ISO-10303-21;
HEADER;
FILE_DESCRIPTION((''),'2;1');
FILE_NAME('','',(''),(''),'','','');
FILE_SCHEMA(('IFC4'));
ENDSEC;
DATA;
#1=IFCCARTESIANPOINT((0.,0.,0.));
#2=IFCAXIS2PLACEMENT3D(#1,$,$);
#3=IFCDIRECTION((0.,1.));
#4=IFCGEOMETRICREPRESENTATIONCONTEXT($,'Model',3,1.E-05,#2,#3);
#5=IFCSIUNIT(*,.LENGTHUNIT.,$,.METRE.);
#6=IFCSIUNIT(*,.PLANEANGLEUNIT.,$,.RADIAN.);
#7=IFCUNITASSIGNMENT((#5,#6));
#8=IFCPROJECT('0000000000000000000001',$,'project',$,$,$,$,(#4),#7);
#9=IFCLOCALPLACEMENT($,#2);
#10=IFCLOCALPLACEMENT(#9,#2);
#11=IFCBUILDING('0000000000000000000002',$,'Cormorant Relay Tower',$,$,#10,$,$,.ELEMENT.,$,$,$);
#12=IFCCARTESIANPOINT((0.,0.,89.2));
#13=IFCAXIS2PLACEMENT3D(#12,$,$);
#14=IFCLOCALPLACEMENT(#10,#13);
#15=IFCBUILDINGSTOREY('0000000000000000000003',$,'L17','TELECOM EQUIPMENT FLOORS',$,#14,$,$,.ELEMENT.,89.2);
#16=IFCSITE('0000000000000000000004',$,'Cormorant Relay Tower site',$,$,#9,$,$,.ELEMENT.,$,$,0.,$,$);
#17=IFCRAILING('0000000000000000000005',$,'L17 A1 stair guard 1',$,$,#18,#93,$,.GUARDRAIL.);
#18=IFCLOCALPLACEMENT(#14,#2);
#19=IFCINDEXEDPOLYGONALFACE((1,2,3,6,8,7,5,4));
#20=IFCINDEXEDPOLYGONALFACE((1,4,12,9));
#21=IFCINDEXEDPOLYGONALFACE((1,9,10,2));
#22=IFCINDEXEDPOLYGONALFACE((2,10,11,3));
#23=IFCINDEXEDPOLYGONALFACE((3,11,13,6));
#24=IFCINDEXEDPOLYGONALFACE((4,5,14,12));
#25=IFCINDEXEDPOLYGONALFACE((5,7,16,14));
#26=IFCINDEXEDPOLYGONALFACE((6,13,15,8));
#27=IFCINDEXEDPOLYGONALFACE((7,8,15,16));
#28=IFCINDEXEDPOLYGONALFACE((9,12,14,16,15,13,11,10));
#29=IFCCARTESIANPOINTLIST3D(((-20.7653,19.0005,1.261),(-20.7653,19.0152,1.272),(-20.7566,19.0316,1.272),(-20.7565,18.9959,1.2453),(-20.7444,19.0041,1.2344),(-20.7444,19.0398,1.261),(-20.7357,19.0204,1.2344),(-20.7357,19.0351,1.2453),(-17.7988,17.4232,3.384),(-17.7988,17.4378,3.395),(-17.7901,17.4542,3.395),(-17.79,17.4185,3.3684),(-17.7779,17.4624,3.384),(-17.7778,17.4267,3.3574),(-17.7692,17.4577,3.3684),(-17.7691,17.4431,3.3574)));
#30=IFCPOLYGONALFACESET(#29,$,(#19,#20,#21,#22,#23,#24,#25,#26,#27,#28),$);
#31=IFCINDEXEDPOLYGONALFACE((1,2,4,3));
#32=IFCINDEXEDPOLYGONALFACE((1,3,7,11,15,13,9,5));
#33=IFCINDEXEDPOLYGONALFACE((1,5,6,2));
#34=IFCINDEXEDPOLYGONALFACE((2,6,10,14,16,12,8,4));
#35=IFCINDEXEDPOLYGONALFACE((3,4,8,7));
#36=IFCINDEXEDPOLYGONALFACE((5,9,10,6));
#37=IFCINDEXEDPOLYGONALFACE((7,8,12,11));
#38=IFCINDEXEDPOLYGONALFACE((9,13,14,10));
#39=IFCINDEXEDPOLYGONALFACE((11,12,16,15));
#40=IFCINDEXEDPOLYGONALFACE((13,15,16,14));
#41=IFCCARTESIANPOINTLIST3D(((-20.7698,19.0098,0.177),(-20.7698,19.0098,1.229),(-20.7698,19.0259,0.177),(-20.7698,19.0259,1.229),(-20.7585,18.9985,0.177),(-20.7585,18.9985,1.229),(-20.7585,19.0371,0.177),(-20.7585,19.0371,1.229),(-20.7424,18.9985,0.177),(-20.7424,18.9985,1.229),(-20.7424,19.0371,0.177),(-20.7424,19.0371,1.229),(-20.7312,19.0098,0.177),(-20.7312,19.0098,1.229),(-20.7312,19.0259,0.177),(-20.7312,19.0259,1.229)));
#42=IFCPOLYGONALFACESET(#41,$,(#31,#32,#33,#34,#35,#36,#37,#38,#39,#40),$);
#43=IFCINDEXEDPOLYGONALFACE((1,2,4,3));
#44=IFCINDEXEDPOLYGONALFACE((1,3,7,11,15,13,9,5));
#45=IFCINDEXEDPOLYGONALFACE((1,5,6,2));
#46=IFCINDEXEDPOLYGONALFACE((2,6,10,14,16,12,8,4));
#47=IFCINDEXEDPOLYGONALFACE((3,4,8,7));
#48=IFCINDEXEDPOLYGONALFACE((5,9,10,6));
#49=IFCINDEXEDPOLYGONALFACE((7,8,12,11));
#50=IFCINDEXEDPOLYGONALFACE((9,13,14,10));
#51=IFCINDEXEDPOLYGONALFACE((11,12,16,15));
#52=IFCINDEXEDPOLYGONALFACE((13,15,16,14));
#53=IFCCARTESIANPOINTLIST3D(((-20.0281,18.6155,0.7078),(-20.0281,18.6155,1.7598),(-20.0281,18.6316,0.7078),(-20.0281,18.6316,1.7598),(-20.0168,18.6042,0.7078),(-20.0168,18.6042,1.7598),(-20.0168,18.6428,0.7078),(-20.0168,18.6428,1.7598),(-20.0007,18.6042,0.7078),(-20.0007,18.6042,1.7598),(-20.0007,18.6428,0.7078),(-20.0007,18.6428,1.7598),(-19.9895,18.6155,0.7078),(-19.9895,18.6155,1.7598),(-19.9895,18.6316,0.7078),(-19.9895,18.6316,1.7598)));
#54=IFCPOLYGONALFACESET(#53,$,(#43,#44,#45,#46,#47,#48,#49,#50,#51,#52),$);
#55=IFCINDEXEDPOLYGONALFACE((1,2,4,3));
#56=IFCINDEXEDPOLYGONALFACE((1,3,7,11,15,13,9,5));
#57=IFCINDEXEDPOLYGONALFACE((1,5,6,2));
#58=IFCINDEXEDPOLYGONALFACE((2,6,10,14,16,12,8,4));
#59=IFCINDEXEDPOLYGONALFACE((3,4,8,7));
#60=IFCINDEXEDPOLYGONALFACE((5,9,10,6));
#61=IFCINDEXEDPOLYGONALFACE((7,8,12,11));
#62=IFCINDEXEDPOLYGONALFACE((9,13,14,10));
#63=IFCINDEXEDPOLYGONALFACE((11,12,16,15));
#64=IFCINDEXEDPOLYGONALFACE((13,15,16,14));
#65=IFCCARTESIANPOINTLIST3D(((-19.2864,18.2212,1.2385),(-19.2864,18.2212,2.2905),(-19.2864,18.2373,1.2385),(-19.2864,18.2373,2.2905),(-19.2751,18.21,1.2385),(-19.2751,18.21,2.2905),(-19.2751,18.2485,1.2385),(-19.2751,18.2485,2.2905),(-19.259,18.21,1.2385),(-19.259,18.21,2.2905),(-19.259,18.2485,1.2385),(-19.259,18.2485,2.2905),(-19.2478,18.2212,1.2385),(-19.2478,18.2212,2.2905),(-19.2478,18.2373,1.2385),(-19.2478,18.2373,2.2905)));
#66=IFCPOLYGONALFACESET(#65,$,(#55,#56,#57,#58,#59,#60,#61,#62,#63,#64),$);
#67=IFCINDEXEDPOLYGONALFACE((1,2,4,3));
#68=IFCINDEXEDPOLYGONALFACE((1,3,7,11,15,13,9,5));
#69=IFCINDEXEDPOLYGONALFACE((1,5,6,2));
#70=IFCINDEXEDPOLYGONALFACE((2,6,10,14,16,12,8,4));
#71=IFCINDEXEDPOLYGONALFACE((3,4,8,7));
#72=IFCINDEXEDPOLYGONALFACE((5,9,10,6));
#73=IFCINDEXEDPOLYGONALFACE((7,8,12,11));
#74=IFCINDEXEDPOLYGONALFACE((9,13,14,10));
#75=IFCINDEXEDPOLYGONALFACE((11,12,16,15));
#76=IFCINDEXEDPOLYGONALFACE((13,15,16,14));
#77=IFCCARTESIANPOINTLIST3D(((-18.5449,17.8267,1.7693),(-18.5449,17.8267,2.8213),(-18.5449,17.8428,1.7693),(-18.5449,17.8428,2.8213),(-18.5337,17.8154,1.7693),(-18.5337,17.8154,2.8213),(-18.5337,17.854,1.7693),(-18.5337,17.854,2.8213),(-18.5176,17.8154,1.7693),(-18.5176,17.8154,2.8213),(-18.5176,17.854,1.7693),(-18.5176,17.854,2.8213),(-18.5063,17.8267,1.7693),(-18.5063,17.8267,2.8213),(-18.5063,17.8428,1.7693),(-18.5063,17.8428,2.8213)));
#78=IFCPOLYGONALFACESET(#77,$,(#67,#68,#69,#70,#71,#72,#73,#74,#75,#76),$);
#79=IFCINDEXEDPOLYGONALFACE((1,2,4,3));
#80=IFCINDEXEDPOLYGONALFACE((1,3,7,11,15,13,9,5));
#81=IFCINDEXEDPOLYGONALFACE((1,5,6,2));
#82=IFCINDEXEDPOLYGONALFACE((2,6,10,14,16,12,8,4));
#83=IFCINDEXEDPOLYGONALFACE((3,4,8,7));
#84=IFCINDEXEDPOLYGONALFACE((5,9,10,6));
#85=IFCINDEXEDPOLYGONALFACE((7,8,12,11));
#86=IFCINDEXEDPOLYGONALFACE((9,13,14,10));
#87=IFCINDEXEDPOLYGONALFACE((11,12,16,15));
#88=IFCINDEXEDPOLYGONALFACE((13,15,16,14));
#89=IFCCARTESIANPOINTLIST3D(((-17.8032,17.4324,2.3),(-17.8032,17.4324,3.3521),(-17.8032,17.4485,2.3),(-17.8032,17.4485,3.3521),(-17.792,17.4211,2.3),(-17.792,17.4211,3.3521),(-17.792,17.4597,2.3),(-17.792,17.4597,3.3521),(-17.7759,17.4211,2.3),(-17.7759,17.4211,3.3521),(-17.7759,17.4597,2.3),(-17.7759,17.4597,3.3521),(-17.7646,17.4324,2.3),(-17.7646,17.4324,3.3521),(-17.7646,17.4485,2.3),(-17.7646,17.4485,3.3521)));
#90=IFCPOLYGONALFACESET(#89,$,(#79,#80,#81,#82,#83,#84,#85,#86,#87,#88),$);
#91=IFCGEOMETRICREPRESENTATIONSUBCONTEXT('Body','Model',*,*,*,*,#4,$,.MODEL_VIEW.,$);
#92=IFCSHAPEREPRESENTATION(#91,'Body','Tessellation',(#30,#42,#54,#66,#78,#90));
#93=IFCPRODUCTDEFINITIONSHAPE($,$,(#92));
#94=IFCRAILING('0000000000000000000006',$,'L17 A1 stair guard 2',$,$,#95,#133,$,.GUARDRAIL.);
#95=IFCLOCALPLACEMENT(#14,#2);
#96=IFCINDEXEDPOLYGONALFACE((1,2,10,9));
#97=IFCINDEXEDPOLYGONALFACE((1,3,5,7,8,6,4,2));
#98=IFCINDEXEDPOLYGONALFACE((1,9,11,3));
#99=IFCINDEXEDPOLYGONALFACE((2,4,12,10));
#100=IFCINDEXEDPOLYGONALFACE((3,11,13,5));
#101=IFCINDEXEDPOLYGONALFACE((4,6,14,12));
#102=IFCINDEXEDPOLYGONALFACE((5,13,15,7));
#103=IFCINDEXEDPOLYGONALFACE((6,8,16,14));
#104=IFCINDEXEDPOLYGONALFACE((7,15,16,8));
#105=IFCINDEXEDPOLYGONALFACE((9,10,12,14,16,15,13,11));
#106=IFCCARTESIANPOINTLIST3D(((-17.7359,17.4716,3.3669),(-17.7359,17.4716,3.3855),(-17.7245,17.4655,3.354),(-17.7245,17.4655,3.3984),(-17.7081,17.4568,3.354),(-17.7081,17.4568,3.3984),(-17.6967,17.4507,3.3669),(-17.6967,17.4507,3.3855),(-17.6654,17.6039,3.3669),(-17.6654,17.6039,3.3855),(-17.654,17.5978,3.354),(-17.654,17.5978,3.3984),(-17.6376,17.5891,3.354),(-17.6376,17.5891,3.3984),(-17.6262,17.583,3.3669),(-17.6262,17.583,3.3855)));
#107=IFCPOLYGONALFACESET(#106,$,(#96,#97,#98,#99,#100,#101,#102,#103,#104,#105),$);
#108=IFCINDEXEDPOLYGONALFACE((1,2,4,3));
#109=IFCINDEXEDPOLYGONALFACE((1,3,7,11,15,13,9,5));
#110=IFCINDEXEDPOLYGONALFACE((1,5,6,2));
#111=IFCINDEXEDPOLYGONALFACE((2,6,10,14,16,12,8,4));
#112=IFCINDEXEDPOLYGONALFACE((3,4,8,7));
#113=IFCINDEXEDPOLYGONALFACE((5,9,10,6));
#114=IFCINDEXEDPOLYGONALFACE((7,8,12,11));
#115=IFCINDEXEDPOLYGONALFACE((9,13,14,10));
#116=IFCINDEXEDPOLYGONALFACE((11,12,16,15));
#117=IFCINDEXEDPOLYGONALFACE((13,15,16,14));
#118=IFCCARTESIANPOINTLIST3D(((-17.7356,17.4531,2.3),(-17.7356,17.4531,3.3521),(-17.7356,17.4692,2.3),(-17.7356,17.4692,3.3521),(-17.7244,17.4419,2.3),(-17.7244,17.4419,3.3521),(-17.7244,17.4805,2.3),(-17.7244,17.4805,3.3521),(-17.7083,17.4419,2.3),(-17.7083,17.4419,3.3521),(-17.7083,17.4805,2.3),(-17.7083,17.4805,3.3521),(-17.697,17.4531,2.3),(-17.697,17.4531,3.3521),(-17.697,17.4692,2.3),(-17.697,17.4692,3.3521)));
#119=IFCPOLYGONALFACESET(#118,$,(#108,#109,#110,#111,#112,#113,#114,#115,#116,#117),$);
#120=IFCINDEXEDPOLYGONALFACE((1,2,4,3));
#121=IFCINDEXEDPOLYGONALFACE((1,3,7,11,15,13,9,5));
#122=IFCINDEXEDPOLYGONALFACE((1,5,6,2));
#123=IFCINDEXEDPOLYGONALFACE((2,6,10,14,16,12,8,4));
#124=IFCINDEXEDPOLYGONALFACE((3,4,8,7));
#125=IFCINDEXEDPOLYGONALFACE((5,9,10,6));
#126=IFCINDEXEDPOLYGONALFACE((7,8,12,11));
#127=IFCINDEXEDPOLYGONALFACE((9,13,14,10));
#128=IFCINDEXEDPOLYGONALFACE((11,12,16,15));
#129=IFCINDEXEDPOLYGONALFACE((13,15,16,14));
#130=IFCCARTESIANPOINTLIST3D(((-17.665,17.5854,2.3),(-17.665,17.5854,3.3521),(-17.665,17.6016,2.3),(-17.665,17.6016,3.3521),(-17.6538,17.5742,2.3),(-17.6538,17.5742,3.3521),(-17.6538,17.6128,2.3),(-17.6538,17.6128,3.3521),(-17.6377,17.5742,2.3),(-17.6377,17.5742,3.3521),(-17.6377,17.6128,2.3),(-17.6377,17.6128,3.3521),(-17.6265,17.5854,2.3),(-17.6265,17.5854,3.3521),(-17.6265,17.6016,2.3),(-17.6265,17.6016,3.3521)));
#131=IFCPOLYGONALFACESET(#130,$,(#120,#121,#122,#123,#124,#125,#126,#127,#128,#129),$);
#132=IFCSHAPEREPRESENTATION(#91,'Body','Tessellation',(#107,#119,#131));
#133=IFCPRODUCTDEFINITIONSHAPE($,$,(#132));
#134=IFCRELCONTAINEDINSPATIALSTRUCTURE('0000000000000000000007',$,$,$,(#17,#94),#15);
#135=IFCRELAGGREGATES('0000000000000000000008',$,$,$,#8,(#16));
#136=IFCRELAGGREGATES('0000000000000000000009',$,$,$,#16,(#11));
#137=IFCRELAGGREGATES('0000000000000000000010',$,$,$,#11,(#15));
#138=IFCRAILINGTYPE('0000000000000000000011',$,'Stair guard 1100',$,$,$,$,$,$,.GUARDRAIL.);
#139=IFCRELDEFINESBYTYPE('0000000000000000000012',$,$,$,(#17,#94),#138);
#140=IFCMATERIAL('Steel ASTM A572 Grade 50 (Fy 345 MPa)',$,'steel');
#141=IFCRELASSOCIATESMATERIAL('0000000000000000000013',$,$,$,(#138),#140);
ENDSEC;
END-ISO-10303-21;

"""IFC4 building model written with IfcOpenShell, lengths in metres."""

from ifc_helpers import new_model, si_unit, direction, frame, origin, place, context, subcontext, project, spatial, polyline, outline, extrude, material, type_object, element, save


model = new_model("IFC4")

# Units and contexts
model_context = context("Model", 3, precision=1e-05, world=origin(), true_north=direction((0.0, 1.0)))
body_context = subcontext(model_context, "Body", "Model", "MODEL_VIEW")
ifc_project = project(units=[si_unit("LENGTHUNIT", "METRE"), si_unit("PLANEANGLEUNIT", "RADIAN")], contexts=[model_context])

# Site, building, storey
site_placement = place(None, origin())
site = spatial("IfcSite", under=ifc_project, at=site_placement, Name="Cormorant Relay Tower site", CompositionType="ELEMENT", RefElevation=0.0)
building_placement = place(site_placement, origin())
building = spatial("IfcBuilding", under=site, at=building_placement, Name="Cormorant Relay Tower", CompositionType="ELEMENT")
storey_placement = place(building_placement, frame((0.0, 0.0, 89.2)))
storey = spatial("IfcBuildingStorey", under=building, at=storey_placement, Name="L17", Description="TELECOM EQUIPMENT FLOORS", CompositionType="ELEMENT", Elevation=89.2)

# Railings
ifc_material_1 = material(Name="Steel ASTM A572 Grade 50 (Fy 345 MPa)", Category="steel")
railing_type_1 = type_object("IfcRailingType", Name="Stair guard 1100", PredefinedType="GUARDRAIL", material=ifc_material_1)
railing_1_placement = place(storey_placement, frame((-20.7505, 19.0178, 0.177)))
element("IfcRailing", 1, at=railing_1_placement, inside=storey, type_object=railing_type_1, Name="L17 A1 stair guard 1", PredefinedType="GUARDRAIL", context=body_context, shape_type="SweptSolid", body=[
    extrude(outline(polyline([(0.0222, 0.0093), (0.0093, 0.0222), (-0.0093, 0.0222), (-0.0222, 0.0093), (-0.0222, -0.0093), (-0.0093, -0.0222), (0.0093, -0.0222), (0.0222, -0.0093), (0.0222, 0.0093)])), frame((0.0, 0.0, 1.0762), z_axis=(0.746413, -0.396887, 0.534179), x_axis=(0.469483, 0.882942, 0.0)), (0.0, 0.0, 1.0), 3.9744),
    extrude(outline(polyline([(0.0193, 0.0081), (0.0081, 0.0193), (-0.0081, 0.0193), (-0.0193, 0.0081), (-0.0193, -0.0081), (-0.0081, -0.0193), (0.0081, -0.0193), (0.0193, -0.0081), (0.0193, 0.0081)])), origin(), (0.0, 0.0, 1.0), 1.052),
    extrude(outline(polyline([(0.0193, 0.0081), (0.0081, 0.0193), (-0.0081, 0.0193), (-0.0193, 0.0081), (-0.0193, -0.0081), (-0.0081, -0.0193), (0.0081, -0.0193), (0.0193, -0.0081), (0.0193, 0.0081)])), frame((0.7417, -0.3943, 0.5308)), (0.0, 0.0, 1.0), 1.052),
    extrude(outline(polyline([(0.0193, 0.0081), (0.0081, 0.0193), (-0.0081, 0.0193), (-0.0193, 0.0081), (-0.0193, -0.0081), (-0.0081, -0.0193), (0.0081, -0.0193), (0.0193, -0.0081), (0.0193, 0.0081)])), frame((1.4834, -0.7886, 1.0615)), (0.0, 0.0, 1.0), 1.052),
    extrude(outline(polyline([(0.0193, 0.0081), (0.0081, 0.0193), (-0.0081, 0.0193), (-0.0193, 0.0081), (-0.0193, -0.0081), (-0.0081, -0.0193), (0.0081, -0.0193), (0.0193, -0.0081), (0.0193, 0.0081)])), frame((2.2249, -1.1831, 1.5923)), (0.0, 0.0, 1.0), 1.052),
    extrude(outline(polyline([(0.0193, 0.0081), (0.0081, 0.0193), (-0.0081, 0.0193), (-0.0193, 0.0081), (-0.0193, -0.0081), (-0.0081, -0.0193), (0.0081, -0.0193), (0.0193, -0.0081), (0.0193, 0.0081)])), frame((2.9666, -1.5774, 2.123)), (0.0, 0.0, 1.0), 1.052),
])
railing_2_placement = place(storey_placement, frame((-17.7163, 17.4612, 2.3)))
element("IfcRailing", 2, at=railing_2_placement, inside=storey, type_object=railing_type_1, Name="L17 A1 stair guard 2", PredefinedType="GUARDRAIL", context=body_context, shape_type="SweptSolid", body=[
    extrude(outline(polyline([(0.0222, 0.0093), (0.0093, 0.0222), (-0.0093, 0.0222), (-0.0222, 0.0093), (-0.0222, -0.0093), (-0.0093, -0.0222), (0.0093, -0.0222), (0.0222, -0.0093), (0.0222, 0.0093)])), frame((0.0, 0.0, 1.0762), z_axis=(0.470504, 0.882398, 0.0), x_axis=(-0.882398, 0.470504, 0.0)), (0.0, 0.0, 1.0), 0.1499),
    extrude(outline(polyline([(0.0193, 0.0081), (0.0081, 0.0193), (-0.0081, 0.0193), (-0.0193, 0.0081), (-0.0193, -0.0081), (-0.0081, -0.0193), (0.0081, -0.0193), (0.0193, -0.0081), (0.0193, 0.0081)])), origin(), (0.0, 0.0, 1.0), 1.052),
    extrude(outline(polyline([(0.0193, 0.0081), (0.0081, 0.0193), (-0.0081, 0.0193), (-0.0193, 0.0081), (-0.0193, -0.0081), (-0.0081, -0.0193), (0.0081, -0.0193), (0.0193, -0.0081), (0.0193, 0.0081)])), frame((0.0706, 0.1323, 0.0)), (0.0, 0.0, 1.0), 1.052),
])

save(model, "model.ifc")
